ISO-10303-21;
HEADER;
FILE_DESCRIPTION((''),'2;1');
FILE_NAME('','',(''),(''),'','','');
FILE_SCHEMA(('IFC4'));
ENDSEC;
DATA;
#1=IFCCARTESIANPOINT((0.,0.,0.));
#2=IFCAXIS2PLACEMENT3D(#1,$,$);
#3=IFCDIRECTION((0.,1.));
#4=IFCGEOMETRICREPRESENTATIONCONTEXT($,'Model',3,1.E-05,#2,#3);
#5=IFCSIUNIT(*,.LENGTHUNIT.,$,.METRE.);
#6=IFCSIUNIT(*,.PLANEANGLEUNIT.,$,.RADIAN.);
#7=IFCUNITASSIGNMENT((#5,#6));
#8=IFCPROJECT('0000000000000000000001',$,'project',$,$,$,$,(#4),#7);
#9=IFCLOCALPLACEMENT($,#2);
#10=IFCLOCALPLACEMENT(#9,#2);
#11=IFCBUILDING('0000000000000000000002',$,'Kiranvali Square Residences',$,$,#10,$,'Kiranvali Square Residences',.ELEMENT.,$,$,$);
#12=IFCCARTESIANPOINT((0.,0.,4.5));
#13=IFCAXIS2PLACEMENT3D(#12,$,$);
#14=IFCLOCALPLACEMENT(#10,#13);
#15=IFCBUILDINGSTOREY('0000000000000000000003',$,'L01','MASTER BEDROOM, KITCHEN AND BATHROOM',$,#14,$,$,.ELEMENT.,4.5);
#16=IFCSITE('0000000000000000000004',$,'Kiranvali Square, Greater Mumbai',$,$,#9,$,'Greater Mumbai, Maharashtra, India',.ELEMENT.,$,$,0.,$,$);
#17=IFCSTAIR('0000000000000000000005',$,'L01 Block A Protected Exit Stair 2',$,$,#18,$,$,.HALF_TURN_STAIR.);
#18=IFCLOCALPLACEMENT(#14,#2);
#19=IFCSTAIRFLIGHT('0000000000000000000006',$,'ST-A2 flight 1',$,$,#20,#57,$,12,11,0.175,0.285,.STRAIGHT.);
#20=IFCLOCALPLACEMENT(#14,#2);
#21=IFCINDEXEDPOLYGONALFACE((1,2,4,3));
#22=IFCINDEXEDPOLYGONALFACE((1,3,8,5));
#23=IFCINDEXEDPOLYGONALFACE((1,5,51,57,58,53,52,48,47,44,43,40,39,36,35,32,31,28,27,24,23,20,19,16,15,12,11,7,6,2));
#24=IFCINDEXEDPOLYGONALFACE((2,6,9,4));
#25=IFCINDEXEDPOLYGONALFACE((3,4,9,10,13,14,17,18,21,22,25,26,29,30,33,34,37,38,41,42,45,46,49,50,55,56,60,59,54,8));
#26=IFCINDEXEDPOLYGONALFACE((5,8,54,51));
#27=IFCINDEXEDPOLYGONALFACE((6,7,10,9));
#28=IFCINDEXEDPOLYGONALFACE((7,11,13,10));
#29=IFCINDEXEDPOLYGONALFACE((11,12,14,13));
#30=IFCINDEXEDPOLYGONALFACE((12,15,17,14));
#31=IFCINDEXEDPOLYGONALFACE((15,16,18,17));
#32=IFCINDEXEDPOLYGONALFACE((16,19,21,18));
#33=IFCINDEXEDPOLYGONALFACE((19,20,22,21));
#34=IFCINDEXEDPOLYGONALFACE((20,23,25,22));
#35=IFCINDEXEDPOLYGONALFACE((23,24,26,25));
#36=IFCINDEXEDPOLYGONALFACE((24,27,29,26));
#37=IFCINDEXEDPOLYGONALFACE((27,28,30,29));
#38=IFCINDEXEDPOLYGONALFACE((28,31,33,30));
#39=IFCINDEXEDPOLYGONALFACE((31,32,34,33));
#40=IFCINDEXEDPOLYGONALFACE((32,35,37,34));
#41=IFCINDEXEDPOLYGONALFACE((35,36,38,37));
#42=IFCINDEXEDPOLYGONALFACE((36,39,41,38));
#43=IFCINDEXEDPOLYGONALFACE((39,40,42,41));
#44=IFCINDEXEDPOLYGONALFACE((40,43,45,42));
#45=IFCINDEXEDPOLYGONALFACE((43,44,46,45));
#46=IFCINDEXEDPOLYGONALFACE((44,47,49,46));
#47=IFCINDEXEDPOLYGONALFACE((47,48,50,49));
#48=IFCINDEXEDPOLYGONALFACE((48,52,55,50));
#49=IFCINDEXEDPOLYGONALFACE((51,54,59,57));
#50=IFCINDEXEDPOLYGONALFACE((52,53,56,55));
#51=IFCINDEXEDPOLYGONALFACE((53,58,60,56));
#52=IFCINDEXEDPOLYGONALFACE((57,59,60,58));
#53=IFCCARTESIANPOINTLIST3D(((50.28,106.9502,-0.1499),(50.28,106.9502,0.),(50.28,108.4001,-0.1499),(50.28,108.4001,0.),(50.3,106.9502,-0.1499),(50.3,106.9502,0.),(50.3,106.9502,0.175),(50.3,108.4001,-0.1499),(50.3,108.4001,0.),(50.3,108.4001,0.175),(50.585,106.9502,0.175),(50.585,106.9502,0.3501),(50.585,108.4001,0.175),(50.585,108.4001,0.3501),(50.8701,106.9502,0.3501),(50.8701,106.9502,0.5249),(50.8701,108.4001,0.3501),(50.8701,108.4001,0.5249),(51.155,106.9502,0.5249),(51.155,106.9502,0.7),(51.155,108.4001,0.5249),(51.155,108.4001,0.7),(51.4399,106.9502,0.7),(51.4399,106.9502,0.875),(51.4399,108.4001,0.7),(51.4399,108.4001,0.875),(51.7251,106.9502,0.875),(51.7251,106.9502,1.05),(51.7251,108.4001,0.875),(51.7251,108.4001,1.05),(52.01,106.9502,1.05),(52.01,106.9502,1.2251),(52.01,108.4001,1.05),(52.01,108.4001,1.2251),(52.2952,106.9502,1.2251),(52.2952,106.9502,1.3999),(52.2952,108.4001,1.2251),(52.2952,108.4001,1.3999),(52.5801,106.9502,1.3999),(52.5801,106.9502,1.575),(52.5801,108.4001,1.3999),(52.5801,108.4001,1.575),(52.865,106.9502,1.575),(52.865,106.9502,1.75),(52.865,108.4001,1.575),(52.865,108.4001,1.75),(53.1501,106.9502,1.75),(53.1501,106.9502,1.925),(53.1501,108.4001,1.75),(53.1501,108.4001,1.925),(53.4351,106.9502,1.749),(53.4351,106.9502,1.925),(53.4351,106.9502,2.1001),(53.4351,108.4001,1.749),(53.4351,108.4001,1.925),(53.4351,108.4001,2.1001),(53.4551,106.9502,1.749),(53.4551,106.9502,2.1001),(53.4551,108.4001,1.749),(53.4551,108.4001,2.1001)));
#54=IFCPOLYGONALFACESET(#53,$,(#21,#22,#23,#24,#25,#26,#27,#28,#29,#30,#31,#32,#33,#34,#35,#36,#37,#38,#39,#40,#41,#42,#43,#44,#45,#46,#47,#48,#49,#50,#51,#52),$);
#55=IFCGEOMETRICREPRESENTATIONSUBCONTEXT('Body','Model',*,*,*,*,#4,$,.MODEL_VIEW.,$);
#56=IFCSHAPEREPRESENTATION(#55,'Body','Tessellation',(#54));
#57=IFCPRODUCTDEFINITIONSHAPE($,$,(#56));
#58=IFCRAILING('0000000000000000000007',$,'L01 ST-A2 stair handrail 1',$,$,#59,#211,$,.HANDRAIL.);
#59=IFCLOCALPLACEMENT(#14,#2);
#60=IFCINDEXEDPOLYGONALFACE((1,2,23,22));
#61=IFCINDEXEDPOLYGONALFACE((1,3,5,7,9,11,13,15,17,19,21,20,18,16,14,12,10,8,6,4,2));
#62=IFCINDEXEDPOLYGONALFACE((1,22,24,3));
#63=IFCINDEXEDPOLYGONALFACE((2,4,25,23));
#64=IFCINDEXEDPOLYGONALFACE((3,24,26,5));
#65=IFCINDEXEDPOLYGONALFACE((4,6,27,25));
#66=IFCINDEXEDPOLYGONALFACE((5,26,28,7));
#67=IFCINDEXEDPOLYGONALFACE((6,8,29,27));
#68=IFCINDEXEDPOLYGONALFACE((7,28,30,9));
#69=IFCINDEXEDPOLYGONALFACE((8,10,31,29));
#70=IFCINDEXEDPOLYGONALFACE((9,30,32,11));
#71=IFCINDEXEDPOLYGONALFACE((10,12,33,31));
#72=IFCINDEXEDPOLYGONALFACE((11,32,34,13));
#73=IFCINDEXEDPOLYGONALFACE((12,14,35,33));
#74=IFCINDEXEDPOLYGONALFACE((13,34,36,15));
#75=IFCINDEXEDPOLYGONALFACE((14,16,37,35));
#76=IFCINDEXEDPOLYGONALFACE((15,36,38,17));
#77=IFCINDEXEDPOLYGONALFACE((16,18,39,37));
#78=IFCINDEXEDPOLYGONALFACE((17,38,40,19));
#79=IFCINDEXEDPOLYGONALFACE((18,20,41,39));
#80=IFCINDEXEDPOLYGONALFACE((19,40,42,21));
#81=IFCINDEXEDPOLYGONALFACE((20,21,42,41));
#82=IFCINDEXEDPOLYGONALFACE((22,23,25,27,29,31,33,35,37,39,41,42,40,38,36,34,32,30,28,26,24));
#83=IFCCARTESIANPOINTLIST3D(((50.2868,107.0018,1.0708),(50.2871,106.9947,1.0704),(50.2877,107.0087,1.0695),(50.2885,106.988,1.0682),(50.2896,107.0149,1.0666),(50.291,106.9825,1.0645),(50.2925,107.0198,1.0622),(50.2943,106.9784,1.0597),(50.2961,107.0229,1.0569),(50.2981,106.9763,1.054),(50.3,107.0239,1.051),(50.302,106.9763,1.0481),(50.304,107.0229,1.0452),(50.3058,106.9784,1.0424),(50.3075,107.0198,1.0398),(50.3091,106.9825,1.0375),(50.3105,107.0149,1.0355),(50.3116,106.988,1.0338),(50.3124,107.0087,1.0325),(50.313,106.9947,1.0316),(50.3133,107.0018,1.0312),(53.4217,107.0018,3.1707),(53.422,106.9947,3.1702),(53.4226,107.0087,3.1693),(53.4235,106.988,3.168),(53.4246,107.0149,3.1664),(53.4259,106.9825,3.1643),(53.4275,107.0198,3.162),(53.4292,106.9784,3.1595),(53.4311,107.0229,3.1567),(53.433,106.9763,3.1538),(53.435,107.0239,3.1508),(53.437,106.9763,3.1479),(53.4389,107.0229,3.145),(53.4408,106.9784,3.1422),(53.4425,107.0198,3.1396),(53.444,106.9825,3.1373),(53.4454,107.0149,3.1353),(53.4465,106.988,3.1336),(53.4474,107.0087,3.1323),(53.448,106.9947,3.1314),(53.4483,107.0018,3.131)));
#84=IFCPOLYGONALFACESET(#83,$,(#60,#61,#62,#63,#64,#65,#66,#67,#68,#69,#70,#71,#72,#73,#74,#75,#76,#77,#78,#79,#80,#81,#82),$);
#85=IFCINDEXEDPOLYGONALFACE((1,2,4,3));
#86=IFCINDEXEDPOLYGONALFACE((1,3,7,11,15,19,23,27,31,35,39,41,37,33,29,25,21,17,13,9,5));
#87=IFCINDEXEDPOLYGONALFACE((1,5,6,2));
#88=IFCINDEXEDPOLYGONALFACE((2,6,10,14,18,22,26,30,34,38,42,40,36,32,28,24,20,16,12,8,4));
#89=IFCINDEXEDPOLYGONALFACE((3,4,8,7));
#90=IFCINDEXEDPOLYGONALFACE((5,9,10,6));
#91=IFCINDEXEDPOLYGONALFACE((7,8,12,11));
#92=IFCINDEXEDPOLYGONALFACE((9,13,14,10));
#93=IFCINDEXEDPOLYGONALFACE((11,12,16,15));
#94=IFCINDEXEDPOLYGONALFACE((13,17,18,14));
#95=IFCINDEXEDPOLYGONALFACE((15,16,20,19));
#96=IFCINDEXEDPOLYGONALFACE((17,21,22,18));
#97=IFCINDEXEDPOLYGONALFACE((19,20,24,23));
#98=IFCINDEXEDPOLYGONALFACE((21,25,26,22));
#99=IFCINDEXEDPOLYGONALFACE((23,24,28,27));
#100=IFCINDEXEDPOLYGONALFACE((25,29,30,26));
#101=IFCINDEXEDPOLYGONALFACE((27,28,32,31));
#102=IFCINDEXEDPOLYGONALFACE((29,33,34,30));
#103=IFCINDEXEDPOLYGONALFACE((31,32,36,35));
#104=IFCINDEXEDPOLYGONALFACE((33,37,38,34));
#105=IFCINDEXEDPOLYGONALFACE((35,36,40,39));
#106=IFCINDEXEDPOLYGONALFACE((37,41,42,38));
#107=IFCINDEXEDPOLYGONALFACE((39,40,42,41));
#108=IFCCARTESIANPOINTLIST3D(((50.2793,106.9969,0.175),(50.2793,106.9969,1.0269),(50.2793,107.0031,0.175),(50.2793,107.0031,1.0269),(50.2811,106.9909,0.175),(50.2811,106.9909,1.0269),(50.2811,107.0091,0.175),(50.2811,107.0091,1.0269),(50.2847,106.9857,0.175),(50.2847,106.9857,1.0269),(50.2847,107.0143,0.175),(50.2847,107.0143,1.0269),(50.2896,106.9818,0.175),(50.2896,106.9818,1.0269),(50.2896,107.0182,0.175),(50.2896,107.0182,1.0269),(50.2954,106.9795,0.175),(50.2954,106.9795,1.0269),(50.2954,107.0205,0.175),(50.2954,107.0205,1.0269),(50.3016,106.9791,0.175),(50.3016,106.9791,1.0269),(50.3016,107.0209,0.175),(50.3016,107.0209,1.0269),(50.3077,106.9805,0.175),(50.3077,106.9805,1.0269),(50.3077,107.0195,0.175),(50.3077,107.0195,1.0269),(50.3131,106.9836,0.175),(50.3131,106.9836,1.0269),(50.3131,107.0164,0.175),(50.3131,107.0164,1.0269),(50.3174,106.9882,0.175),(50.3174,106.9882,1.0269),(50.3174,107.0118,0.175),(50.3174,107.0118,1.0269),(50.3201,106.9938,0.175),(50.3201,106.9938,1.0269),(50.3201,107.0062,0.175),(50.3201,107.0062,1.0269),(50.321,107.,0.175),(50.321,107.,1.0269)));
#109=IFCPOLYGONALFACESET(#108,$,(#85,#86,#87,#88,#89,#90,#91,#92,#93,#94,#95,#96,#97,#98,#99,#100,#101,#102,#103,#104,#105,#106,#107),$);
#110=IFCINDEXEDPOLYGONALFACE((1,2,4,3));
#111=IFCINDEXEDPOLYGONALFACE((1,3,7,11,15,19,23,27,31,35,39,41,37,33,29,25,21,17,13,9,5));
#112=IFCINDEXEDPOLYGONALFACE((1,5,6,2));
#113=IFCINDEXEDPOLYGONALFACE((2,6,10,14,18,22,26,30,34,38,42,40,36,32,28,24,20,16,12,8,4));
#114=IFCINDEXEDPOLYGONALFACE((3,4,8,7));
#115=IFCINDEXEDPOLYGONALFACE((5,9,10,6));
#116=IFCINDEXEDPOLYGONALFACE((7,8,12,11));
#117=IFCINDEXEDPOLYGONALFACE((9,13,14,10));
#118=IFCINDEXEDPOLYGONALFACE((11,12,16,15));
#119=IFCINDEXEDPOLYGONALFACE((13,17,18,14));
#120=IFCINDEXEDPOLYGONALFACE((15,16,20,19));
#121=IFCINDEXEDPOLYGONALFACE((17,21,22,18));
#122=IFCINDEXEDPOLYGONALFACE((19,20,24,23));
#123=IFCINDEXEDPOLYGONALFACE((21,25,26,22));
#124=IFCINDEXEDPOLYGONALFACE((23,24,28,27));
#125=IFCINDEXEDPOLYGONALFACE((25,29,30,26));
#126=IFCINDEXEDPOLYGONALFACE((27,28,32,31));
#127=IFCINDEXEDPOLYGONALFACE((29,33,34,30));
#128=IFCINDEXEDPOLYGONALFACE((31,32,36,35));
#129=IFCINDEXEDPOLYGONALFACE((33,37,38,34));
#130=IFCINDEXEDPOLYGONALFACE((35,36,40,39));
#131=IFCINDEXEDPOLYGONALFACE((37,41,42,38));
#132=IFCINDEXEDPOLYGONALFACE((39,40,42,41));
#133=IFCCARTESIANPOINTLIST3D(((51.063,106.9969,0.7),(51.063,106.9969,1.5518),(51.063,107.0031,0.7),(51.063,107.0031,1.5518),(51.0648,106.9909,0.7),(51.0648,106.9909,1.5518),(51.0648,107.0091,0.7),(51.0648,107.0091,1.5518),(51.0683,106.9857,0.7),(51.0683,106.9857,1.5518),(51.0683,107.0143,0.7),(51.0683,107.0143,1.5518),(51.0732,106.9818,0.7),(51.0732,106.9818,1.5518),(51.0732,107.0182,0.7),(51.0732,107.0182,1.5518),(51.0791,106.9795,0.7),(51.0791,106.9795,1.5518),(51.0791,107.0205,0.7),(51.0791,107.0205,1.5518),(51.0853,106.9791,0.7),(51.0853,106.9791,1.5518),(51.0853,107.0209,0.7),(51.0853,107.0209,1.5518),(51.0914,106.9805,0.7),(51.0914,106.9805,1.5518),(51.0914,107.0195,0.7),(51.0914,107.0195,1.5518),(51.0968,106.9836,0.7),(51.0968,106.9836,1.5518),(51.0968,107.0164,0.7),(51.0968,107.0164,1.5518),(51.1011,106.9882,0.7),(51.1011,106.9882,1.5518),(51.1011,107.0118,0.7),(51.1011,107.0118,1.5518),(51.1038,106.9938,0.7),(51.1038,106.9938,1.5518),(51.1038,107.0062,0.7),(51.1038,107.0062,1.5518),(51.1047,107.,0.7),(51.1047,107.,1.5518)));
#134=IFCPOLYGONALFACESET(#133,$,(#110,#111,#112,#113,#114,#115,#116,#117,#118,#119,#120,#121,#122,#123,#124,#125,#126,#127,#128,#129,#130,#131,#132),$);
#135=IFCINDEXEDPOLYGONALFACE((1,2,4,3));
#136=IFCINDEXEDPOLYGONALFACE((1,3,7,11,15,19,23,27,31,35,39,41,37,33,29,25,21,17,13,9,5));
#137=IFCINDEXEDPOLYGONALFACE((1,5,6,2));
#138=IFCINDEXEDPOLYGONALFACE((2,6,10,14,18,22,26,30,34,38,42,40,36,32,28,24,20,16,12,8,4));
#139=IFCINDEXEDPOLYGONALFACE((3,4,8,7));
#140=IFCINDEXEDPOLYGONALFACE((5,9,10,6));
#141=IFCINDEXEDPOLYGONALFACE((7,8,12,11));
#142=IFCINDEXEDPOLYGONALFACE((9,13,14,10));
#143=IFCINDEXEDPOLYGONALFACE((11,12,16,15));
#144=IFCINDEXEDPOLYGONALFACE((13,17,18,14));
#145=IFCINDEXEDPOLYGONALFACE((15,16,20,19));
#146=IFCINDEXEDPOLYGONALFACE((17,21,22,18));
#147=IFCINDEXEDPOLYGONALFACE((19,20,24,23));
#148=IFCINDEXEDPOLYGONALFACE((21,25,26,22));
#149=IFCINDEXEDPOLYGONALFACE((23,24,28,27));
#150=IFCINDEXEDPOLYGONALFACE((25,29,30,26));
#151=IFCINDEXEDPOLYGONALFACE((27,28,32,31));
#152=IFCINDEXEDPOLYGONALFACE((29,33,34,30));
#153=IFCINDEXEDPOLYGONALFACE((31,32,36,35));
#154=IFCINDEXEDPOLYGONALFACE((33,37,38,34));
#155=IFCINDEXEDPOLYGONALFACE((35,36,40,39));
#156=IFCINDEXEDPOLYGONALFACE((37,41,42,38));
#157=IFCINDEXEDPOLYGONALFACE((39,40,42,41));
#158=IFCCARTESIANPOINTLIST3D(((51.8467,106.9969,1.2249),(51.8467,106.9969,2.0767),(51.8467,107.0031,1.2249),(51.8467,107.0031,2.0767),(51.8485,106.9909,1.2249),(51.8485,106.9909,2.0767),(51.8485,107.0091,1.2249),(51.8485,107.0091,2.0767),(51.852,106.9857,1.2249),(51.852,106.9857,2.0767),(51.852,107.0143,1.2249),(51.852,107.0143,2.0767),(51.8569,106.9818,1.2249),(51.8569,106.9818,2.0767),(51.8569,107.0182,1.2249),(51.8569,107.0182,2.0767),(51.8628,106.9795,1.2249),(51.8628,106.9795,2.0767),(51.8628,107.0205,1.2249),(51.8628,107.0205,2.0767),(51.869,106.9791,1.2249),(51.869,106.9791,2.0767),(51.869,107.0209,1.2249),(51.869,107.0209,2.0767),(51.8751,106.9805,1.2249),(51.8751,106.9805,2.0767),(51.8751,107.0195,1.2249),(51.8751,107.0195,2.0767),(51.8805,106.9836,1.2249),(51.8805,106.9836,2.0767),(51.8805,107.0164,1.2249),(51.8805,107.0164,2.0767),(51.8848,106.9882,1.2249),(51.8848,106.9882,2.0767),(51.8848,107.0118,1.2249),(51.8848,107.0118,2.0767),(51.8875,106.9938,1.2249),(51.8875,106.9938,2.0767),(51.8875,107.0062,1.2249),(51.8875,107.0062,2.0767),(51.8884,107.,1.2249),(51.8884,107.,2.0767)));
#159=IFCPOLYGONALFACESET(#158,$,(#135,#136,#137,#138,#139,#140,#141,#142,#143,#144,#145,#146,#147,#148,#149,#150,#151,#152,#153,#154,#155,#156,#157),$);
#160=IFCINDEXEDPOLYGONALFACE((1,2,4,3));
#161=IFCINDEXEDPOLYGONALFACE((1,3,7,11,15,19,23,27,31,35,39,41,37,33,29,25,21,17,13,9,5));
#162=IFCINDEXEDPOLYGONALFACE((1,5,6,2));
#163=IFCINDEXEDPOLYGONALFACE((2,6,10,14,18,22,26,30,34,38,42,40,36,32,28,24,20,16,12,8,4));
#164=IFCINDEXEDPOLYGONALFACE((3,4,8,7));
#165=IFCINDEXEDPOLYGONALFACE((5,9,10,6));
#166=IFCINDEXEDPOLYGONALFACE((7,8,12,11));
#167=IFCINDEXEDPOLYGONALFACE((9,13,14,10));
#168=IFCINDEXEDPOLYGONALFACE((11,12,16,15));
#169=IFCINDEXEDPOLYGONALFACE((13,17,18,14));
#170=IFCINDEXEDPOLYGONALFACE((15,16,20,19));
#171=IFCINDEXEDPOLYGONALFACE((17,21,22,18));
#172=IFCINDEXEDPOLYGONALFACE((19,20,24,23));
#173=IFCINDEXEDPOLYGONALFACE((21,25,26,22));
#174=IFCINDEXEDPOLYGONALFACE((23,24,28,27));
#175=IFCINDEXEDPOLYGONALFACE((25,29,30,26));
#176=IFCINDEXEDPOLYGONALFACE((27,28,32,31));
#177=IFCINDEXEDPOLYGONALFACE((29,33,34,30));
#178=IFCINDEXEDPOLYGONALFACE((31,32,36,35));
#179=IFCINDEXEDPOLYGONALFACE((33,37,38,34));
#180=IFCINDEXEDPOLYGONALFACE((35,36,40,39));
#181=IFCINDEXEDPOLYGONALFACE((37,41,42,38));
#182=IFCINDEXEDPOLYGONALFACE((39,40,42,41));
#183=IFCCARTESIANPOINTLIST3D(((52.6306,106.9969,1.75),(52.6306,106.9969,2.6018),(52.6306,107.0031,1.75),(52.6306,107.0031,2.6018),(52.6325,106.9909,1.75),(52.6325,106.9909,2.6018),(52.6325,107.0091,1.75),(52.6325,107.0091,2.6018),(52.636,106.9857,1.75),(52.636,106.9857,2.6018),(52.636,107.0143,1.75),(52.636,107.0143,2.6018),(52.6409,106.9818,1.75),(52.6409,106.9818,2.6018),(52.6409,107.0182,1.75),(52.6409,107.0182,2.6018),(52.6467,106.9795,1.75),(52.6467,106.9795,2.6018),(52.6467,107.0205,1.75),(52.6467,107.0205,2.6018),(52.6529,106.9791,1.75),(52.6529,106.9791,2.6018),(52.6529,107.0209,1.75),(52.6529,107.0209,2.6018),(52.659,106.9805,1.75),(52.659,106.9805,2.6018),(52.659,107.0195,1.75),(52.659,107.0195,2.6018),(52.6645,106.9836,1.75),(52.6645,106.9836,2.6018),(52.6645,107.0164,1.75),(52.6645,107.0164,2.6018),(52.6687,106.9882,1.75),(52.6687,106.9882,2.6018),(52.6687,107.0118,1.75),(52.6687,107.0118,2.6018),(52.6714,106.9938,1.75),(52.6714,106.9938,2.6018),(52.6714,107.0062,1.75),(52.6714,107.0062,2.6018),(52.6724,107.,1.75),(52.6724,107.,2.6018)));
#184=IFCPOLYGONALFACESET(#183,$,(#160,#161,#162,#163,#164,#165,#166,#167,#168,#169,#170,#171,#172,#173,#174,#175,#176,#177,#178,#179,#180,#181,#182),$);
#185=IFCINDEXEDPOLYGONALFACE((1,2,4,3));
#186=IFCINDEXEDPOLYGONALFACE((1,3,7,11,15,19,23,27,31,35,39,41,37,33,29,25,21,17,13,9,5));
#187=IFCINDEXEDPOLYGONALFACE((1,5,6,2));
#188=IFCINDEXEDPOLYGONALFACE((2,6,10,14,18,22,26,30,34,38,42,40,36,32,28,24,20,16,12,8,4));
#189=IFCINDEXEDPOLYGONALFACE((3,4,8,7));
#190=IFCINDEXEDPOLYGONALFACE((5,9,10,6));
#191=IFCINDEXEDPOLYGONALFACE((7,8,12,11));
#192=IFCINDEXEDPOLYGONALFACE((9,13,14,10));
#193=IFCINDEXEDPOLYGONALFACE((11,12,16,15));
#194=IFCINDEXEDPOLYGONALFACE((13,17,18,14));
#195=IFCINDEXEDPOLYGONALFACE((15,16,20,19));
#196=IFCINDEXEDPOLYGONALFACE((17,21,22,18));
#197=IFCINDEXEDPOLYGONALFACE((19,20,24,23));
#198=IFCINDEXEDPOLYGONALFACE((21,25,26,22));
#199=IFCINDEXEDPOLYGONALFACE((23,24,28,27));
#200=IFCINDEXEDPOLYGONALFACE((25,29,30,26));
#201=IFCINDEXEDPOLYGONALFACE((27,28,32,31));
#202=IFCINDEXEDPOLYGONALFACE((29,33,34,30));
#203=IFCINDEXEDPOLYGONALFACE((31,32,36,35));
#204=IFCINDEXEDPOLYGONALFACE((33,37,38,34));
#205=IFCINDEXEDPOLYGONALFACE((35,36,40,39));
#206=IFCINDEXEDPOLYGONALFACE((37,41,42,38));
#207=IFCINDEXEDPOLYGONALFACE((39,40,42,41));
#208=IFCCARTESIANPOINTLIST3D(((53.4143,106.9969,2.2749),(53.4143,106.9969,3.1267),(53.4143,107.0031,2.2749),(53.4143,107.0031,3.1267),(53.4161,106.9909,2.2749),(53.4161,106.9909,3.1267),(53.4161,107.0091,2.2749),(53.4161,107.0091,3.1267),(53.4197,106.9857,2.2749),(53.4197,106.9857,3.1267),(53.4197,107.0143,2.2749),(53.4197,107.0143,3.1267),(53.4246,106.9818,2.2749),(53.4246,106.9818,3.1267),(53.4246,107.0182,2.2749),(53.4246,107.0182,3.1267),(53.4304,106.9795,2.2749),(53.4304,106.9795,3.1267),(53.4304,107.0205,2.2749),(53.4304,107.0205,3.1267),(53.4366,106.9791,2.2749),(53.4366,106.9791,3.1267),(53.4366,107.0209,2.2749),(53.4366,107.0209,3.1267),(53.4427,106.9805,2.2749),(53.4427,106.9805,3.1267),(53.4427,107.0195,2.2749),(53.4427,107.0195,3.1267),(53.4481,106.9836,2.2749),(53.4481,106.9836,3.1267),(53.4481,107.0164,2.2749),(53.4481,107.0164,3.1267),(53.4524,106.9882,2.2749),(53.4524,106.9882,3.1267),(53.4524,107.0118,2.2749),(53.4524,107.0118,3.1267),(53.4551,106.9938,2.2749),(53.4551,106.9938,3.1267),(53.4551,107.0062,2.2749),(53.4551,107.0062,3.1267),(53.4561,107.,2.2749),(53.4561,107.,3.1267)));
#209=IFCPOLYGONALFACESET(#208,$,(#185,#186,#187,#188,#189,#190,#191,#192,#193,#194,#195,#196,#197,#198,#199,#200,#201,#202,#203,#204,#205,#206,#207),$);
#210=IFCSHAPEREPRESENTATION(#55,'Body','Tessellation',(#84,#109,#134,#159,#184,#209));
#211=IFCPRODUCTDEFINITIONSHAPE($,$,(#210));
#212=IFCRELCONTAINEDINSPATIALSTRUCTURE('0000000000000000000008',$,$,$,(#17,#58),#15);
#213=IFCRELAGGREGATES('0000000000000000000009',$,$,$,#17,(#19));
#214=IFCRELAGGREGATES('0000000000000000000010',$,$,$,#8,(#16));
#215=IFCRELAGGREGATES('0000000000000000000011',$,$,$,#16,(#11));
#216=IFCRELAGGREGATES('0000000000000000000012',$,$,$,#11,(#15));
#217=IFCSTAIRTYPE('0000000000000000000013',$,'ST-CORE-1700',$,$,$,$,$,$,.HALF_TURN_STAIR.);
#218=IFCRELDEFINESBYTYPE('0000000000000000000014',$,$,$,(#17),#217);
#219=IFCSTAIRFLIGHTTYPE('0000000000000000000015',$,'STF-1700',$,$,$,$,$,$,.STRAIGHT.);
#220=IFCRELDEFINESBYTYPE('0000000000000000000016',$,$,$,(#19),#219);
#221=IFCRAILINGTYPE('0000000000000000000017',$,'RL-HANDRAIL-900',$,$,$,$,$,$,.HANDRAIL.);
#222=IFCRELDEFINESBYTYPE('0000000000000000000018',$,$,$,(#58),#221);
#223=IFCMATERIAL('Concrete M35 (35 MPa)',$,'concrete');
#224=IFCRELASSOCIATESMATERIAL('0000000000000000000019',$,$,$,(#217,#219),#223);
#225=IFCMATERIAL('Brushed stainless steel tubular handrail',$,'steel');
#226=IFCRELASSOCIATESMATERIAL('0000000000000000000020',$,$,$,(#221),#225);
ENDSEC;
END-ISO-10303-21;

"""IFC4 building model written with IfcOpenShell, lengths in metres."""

from ifc_helpers import new_model, si_unit, direction, frame, origin, origin_2d, place, context, subcontext, project, spatial, polyline, circle, outline, extrude, material, type_object, element, aggregate, save


model = new_model("IFC4")

# Units and contexts
model_context = context("Model", 3, precision=1e-05, world=origin(), true_north=direction((0.0, 1.0)))
body_context = subcontext(model_context, "Body", "Model", "MODEL_VIEW")
ifc_project = project(units=[si_unit("LENGTHUNIT", "METRE"), si_unit("PLANEANGLEUNIT", "RADIAN")], contexts=[model_context])

# Site, building, storey
site_placement = place(None, origin())
site = spatial("IfcSite", under=ifc_project, at=site_placement, Name="Kiranvali Square, Greater Mumbai", LongName="Greater Mumbai, Maharashtra, India", CompositionType="ELEMENT", RefElevation=0.0)
building_placement = place(site_placement, origin())
building = spatial("IfcBuilding", under=site, at=building_placement, Name="Kiranvali Square Residences", LongName="Kiranvali Square Residences", CompositionType="ELEMENT")
storey_placement = place(building_placement, frame((0.0, 0.0, 4.5)))
storey = spatial("IfcBuildingStorey", under=building, at=storey_placement, Name="L01", Description="MASTER BEDROOM, KITCHEN AND BATHROOM", CompositionType="ELEMENT", Elevation=4.5)

# Stair, stair flight
ifc_material_1 = material(Name="Concrete M35 (35 MPa)", Category="concrete")
stair_type = type_object("IfcStairType", Name="ST-CORE-1700", PredefinedType="HALF_TURN_STAIR", material=ifc_material_1)
stair_placement = place(storey_placement, origin())
stair = element("IfcStair", 1, at=stair_placement, inside=storey, type_object=stair_type, Name="L01 Block A Protected Exit Stair 2", PredefinedType="HALF_TURN_STAIR")
stair_flight_type = type_object("IfcStairFlightType", Name="STF-1700", PredefinedType="STRAIGHT", material=ifc_material_1)
stair_flight_placement = place(storey_placement, frame((50.3, 107.675, 0.0), z_axis=(0.0, 0.0, 1.0), x_axis=(1.0, 0.0, 0.0)))
stair_flight = element("IfcStairFlight", 2, at=stair_flight_placement, type_object=stair_flight_type, Name="ST-A2 flight 1", NumberOfRisers=12, NumberOfTreads=11, PredefinedType="STRAIGHT", RiserHeight=0.175, TreadLength=0.285, context=body_context, shape_type="SweptSolid", body=[
    extrude(outline(polyline([(-0.02, -0.1499), (-0.02, 0.0), (0.0, 0.0), (0.0, 0.175), (0.2849, 0.175), (0.2849, 0.3501), (0.5701, 0.3501), (0.5701, 0.5249), (0.855, 0.5249), (0.855, 0.7), (1.1399, 0.7), (1.1399, 0.875), (1.425, 0.875), (1.425, 1.05), (1.71, 1.05), (1.71, 1.2251), (1.9951, 1.2251), (1.9951, 1.3999), (2.28, 1.3999), (2.28, 1.575), (2.5649, 1.575), (2.5649, 1.75), (2.8501, 1.75), (2.8501, 1.925), (3.135, 1.925), (3.135, 2.1001), (3.155, 2.1001), (3.155, 1.749), (3.135, 1.749), (0.0, -0.1499), (-0.02, -0.1499)])), frame((0.0, 0.7251, 0.0), z_axis=(0.0, -1.0, 0.0), x_axis=(1.0, 0.0, 0.0)), (0.0, 0.0, 1.0), 1.45),
])
aggregate(stair, [stair_flight])

# Railing
ifc_material_2 = material(Name="Brushed stainless steel tubular handrail", Category="steel")
railing_type_1 = type_object("IfcRailingType", Name="RL-HANDRAIL-900", PredefinedType="HANDRAIL", material=ifc_material_2)
railing_1_placement = place(storey_placement, frame((50.3, 107.0, 0.175)))
element("IfcRailing", 3, at=railing_1_placement, inside=storey, type_object=railing_type_1, Name="L01 ST-A2 stair handrail 1", PredefinedType="HANDRAIL", context=body_context, shape_type="SweptSolid", body=[
    extrude(circle(Radius=0.0239, at=origin_2d()), frame((0.0, 0.0, 0.876), z_axis=(0.830844, 0.0, 0.556506), x_axis=(0.0, 1.0, 0.0)), (0.0, 0.0, 1.0), 3.7732),
    extrude(circle(Radius=0.021, at=origin_2d()), origin(), (0.0, 0.0, 1.0), 0.8518),
    extrude(circle(Radius=0.021, at=origin_2d()), frame((0.7837, 0.0, 0.5249)), (0.0, 0.0, 1.0), 0.8518),
    extrude(circle(Radius=0.021, at=origin_2d()), frame((1.5674, 0.0, 1.0498)), (0.0, 0.0, 1.0), 0.8518),
    extrude(circle(Radius=0.021, at=origin_2d()), frame((2.3513, 0.0, 1.575)), (0.0, 0.0, 1.0), 0.8518),
    extrude(circle(Radius=0.021, at=origin_2d()), frame((3.135, 0.0, 2.0999)), (0.0, 0.0, 1.0), 0.8518),
])

save(model, "model.ifc")
